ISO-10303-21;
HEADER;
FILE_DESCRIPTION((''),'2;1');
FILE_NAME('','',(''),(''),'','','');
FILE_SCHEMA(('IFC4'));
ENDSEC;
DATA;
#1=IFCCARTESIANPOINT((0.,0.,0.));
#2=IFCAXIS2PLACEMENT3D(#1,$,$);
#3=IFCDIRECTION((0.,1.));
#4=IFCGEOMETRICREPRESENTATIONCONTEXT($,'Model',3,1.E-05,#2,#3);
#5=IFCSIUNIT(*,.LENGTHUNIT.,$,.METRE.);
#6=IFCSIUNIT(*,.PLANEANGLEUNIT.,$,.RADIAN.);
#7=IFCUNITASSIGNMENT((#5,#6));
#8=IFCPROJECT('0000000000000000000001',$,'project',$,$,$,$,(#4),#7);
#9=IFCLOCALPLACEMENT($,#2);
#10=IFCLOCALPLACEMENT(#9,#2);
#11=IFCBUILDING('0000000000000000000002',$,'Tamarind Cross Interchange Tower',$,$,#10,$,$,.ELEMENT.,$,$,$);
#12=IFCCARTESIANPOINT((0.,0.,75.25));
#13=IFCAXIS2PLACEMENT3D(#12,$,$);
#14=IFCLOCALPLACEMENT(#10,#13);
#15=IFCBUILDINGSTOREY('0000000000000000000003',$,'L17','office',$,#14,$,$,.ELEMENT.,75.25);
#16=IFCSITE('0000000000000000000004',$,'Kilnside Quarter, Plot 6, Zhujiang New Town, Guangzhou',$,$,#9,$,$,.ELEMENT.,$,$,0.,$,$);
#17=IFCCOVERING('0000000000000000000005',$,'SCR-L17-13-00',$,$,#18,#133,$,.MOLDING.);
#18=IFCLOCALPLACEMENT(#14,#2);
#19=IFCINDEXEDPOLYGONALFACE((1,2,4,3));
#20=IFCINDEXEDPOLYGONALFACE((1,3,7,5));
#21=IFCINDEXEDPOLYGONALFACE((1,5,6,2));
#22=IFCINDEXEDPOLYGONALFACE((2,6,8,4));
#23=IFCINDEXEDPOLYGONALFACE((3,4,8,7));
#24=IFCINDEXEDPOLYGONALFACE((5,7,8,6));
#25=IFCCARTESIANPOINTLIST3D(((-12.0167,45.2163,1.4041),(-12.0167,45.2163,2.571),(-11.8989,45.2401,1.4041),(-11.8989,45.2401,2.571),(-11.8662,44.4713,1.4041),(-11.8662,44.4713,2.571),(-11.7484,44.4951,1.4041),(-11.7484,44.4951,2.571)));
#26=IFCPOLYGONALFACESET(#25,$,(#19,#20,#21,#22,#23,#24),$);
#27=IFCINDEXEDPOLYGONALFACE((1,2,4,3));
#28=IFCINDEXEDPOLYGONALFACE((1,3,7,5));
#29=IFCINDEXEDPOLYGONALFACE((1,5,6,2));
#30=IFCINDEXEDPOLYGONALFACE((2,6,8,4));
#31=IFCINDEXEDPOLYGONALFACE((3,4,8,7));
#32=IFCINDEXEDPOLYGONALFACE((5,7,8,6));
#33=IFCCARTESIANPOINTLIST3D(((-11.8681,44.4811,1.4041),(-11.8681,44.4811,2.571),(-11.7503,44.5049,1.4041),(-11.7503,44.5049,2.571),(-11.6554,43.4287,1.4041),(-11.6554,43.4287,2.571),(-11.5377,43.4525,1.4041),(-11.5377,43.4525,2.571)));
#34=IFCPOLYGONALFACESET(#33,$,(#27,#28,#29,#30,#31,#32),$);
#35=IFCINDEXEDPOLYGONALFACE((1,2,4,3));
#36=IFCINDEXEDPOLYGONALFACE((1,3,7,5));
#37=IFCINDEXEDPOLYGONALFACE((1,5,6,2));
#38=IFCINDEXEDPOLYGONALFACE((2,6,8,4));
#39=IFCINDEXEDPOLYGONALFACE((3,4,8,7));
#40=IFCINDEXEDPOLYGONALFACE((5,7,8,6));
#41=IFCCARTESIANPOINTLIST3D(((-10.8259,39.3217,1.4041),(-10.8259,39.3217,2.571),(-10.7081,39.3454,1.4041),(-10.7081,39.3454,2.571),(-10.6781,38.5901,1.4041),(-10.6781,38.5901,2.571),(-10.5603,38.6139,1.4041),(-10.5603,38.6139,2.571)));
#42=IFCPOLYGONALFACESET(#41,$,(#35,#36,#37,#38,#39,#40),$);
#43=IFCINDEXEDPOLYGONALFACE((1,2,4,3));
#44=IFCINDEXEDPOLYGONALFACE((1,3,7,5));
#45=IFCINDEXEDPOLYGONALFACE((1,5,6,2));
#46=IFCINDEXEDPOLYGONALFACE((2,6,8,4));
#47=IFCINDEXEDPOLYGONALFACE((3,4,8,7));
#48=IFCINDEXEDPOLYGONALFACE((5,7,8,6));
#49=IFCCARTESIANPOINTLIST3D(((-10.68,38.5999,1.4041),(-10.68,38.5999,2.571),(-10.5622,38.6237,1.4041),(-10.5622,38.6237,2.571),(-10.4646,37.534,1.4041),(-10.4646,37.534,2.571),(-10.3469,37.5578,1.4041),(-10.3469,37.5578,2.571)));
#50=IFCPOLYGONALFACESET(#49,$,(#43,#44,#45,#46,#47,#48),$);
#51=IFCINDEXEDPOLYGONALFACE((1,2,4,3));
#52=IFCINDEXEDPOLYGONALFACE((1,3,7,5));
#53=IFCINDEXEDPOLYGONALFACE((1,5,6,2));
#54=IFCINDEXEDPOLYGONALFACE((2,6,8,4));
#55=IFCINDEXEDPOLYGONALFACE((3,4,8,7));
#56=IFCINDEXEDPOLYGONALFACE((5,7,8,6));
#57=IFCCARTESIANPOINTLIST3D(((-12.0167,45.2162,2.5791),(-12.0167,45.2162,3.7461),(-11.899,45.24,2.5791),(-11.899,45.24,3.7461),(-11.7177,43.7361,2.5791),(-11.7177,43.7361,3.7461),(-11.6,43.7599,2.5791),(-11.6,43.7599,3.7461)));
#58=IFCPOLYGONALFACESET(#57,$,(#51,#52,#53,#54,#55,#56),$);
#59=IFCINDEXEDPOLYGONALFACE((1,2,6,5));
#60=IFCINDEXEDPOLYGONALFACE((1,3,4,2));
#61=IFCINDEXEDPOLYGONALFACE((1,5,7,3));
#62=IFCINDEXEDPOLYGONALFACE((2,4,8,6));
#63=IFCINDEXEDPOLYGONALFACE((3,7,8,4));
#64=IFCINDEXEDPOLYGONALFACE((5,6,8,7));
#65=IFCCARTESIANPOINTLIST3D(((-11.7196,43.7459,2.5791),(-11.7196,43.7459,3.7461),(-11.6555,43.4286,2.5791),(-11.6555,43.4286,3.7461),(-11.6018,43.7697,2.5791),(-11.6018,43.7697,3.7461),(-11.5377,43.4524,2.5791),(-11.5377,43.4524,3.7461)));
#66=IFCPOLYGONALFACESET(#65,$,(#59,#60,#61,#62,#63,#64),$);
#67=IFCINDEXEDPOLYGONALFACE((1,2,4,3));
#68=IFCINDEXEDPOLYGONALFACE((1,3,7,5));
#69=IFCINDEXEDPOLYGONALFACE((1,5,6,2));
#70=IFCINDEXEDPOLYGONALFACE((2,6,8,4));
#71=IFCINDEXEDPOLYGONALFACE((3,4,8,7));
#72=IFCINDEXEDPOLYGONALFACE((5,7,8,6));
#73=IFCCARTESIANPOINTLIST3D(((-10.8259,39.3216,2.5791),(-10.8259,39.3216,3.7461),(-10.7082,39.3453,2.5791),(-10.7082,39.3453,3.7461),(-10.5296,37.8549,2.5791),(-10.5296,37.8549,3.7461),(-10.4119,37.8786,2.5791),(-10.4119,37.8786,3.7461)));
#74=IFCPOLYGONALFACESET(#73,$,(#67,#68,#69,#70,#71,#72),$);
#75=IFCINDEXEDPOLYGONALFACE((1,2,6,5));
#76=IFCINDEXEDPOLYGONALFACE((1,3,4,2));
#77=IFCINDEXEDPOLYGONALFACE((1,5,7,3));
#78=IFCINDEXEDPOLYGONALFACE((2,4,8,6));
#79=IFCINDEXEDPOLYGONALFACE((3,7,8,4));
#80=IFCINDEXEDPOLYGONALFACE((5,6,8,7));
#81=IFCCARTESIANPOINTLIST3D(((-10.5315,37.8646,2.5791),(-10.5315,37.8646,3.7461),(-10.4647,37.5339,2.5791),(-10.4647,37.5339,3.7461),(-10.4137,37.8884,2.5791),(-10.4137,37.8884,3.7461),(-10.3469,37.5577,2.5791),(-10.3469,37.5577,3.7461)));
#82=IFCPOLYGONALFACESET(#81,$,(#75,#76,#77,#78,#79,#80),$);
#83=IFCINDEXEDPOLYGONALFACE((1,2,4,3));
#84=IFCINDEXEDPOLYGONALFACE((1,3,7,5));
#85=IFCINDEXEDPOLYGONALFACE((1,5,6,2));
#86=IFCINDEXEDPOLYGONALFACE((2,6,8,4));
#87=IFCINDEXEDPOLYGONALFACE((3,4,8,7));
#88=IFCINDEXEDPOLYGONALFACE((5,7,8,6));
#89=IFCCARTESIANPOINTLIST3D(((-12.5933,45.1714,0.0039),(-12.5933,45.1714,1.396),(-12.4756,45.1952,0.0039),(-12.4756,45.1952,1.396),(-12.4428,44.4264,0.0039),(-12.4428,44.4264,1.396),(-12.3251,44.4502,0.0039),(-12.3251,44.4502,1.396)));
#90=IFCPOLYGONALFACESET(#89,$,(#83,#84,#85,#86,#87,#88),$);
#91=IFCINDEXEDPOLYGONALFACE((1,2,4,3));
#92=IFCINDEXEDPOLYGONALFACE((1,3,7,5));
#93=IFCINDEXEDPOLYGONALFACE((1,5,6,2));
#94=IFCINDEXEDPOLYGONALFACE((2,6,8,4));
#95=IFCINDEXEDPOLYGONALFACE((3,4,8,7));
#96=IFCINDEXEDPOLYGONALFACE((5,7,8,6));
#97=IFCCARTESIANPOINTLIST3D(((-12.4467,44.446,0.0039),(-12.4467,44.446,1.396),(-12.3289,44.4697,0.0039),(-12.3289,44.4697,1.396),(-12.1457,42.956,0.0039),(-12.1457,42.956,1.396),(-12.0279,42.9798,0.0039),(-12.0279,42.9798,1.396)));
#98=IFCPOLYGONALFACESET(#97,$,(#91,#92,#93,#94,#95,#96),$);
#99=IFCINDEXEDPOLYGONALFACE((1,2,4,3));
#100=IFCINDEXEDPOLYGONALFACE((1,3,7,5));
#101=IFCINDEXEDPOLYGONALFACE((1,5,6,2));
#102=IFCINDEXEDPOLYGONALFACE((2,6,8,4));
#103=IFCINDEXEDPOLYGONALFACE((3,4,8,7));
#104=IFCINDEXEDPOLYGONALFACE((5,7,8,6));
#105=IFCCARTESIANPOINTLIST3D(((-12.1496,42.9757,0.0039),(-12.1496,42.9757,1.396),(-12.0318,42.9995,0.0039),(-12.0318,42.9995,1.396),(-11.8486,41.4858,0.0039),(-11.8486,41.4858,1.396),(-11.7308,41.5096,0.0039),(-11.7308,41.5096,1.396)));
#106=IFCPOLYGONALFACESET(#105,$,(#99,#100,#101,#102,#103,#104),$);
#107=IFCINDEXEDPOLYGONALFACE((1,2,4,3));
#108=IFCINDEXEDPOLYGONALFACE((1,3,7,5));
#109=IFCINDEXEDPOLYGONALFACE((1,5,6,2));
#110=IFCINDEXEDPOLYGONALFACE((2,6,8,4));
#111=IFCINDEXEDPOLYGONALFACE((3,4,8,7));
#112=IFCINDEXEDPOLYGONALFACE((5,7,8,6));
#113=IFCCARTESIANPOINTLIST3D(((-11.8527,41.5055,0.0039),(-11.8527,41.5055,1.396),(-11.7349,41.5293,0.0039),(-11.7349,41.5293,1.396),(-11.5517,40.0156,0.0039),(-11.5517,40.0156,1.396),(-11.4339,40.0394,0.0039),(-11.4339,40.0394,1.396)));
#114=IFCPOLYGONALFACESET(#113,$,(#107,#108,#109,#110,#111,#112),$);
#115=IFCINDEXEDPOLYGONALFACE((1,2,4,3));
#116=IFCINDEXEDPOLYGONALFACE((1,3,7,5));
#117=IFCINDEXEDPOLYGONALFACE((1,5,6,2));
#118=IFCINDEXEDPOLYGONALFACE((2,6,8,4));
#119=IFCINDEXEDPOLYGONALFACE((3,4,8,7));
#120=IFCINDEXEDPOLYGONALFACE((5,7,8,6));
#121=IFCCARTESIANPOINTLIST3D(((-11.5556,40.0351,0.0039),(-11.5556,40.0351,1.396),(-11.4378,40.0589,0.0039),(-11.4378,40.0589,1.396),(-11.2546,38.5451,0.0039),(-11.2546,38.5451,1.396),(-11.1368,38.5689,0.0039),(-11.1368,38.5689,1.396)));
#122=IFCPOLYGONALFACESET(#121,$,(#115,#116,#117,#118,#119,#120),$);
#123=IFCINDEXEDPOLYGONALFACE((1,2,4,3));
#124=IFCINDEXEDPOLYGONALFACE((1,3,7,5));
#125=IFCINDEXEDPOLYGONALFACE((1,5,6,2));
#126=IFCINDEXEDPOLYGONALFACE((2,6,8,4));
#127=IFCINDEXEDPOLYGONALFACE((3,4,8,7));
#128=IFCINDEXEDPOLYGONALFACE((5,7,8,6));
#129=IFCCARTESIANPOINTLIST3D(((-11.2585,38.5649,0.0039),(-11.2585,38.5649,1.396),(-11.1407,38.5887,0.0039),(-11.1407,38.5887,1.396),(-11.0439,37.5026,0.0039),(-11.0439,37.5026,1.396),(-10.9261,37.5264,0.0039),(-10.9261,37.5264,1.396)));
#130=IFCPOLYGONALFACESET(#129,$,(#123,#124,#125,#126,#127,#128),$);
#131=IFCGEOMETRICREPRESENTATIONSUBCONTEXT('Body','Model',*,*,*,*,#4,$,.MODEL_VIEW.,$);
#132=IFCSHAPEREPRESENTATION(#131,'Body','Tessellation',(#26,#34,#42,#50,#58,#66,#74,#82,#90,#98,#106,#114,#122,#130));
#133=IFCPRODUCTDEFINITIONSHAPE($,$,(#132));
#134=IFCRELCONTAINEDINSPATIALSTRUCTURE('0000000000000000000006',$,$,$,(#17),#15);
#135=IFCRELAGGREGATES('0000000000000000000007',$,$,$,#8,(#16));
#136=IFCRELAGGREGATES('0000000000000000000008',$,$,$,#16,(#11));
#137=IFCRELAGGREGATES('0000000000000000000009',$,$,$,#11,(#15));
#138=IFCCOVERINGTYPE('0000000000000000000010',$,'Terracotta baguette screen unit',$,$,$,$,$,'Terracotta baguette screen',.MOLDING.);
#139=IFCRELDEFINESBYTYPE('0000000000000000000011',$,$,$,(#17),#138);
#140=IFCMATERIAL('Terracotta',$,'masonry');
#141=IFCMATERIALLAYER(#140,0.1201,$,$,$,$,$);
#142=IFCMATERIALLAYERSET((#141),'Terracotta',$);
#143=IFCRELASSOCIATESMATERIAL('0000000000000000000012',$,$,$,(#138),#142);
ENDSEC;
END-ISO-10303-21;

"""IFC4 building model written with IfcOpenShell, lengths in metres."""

from ifc_helpers import new_model, si_unit, direction, frame, origin, origin_2d, place, context, subcontext, project, spatial, rectangle, extrude, material, layer, layer_set, type_object, element, save


model = new_model("IFC4")

# Units and contexts
model_context = context("Model", 3, precision=1e-05, world=origin(), true_north=direction((0.0, 1.0)))
body_context = subcontext(model_context, "Body", "Model", "MODEL_VIEW")
ifc_project = project(units=[si_unit("LENGTHUNIT", "METRE"), si_unit("PLANEANGLEUNIT", "RADIAN")], contexts=[model_context])

# Site, building, storey
site_placement = place(None, origin())
site = spatial("IfcSite", under=ifc_project, at=site_placement, Name="Kilnside Quarter, Plot 6, Zhujiang New Town, Guangzhou", CompositionType="ELEMENT", RefElevation=0.0)
building_placement = place(site_placement, origin())
building = spatial("IfcBuilding", under=site, at=building_placement, Name="Tamarind Cross Interchange Tower", CompositionType="ELEMENT")
storey_placement = place(building_placement, frame((0.0, 0.0, 75.25)))
storey = spatial("IfcBuildingStorey", under=building, at=storey_placement, Name="L17", Description="office", CompositionType="ELEMENT", Elevation=75.25)

# Covering
ifc_material_1 = material(Name="Terracotta", Category="masonry")
ifc_layer_1 = layer(ifc_material_1, 0.1201)
ifc_layer_set_1 = layer_set([ifc_layer_1], Name="Terracotta")
covering_type = type_object("IfcCoveringType", Name="Terracotta baguette screen unit", ElementType="Terracotta baguette screen", PredefinedType="MOLDING", material=ifc_layer_set_1)
covering_1_placement = place(storey_placement, origin())
element("IfcCovering", 1, at=covering_1_placement, inside=storey, type_object=covering_type, Name="SCR-L17-13-00", PredefinedType="MOLDING", context=body_context, shape_type="SweptSolid", body=[
    extrude(rectangle(XDim=0.76, YDim=0.1201, at=origin_2d()), frame((-11.8826, 44.8557, 1.4041), z_axis=(0.0, 0.0, 1.0), x_axis=(0.198023, -0.980197, 0.0)), (0.0, 0.0, 1.0), 1.167),
    extrude(rectangle(XDim=1.0737, YDim=0.1201, at=origin_2d()), frame((-11.7029, 43.9668, 1.4041), z_axis=(0.0, 0.0, 1.0), x_axis=(0.198023, -0.980197, 0.0)), (0.0, 0.0, 1.0), 1.167),
    extrude(rectangle(XDim=0.7463, YDim=0.1201, at=origin_2d()), frame((-10.6931, 38.9678, 1.4041), z_axis=(0.0, 0.0, 1.0), x_axis=(0.198023, -0.980197, 0.0)), (0.0, 0.0, 1.0), 1.167),
    extrude(rectangle(XDim=1.0874, YDim=0.1201, at=origin_2d()), frame((-10.5134, 38.0789, 1.4041), z_axis=(0.0, 0.0, 1.0), x_axis=(0.198023, -0.980197, 0.0)), (0.0, 0.0, 1.0), 1.167),
    extrude(rectangle(XDim=1.51, YDim=0.1201, at=origin_2d()), frame((-11.8083, 44.488, 2.5791), z_axis=(0.0, 0.0, 1.0), x_axis=(0.198023, -0.980197, 0.0)), (0.0, 0.0, 1.0), 1.167),
    extrude(rectangle(XDim=0.3237, YDim=0.1201, at=origin_2d()), frame((-11.6287, 43.5991, 2.5791), z_axis=(0.0, 0.0, 1.0), x_axis=(0.198023, -0.980197, 0.0)), (0.0, 0.0, 1.0), 1.167),
    extrude(rectangle(XDim=1.4963, YDim=0.1201, at=origin_2d()), frame((-10.6189, 38.6001, 2.5791), z_axis=(0.0, 0.0, 1.0), x_axis=(0.198023, -0.980197, 0.0)), (0.0, 0.0, 1.0), 1.167),
    extrude(rectangle(XDim=0.3374, YDim=0.1201, at=origin_2d()), frame((-10.4392, 37.7112, 2.5791), z_axis=(0.0, 0.0, 1.0), x_axis=(0.198023, -0.980197, 0.0)), (0.0, 0.0, 1.0), 1.167),
    extrude(rectangle(XDim=0.76, YDim=0.1201, at=origin_2d()), frame((-12.4592, 44.8108, 0.0039), z_axis=(0.0, 0.0, 1.0), x_axis=(0.198023, -0.980197, 0.0)), (0.0, 0.0, 1.0), 1.3921),
    extrude(rectangle(XDim=1.52, YDim=0.1201, at=origin_2d()), frame((-12.2373, 43.7129, 0.0039), z_axis=(0.0, 0.0, 1.0), x_axis=(0.198023, -0.980197, 0.0)), (0.0, 0.0, 1.0), 1.3921),
    extrude(rectangle(XDim=1.52, YDim=0.1201, at=origin_2d()), frame((-11.9402, 42.2427, 0.0039), z_axis=(0.0, 0.0, 1.0), x_axis=(0.198023, -0.980197, 0.0)), (0.0, 0.0, 1.0), 1.3921),
    extrude(rectangle(XDim=1.52, YDim=0.1201, at=origin_2d()), frame((-11.6433, 40.7725, 0.0039), z_axis=(0.0, 0.0, 1.0), x_axis=(0.198023, -0.980197, 0.0)), (0.0, 0.0, 1.0), 1.3921),
    extrude(rectangle(XDim=1.52, YDim=0.1201, at=origin_2d()), frame((-11.3462, 39.302, 0.0039), z_axis=(0.0, 0.0, 1.0), x_axis=(0.198023, -0.980197, 0.0)), (0.0, 0.0, 1.0), 1.3921),
    extrude(rectangle(XDim=1.0837, YDim=0.1201, at=origin_2d()), frame((-11.0923, 38.0457, 0.0039), z_axis=(0.0, 0.0, 1.0), x_axis=(0.198023, -0.980197, 0.0)), (0.0, 0.0, 1.0), 1.3921),
])

save(model, "model.ifc")
